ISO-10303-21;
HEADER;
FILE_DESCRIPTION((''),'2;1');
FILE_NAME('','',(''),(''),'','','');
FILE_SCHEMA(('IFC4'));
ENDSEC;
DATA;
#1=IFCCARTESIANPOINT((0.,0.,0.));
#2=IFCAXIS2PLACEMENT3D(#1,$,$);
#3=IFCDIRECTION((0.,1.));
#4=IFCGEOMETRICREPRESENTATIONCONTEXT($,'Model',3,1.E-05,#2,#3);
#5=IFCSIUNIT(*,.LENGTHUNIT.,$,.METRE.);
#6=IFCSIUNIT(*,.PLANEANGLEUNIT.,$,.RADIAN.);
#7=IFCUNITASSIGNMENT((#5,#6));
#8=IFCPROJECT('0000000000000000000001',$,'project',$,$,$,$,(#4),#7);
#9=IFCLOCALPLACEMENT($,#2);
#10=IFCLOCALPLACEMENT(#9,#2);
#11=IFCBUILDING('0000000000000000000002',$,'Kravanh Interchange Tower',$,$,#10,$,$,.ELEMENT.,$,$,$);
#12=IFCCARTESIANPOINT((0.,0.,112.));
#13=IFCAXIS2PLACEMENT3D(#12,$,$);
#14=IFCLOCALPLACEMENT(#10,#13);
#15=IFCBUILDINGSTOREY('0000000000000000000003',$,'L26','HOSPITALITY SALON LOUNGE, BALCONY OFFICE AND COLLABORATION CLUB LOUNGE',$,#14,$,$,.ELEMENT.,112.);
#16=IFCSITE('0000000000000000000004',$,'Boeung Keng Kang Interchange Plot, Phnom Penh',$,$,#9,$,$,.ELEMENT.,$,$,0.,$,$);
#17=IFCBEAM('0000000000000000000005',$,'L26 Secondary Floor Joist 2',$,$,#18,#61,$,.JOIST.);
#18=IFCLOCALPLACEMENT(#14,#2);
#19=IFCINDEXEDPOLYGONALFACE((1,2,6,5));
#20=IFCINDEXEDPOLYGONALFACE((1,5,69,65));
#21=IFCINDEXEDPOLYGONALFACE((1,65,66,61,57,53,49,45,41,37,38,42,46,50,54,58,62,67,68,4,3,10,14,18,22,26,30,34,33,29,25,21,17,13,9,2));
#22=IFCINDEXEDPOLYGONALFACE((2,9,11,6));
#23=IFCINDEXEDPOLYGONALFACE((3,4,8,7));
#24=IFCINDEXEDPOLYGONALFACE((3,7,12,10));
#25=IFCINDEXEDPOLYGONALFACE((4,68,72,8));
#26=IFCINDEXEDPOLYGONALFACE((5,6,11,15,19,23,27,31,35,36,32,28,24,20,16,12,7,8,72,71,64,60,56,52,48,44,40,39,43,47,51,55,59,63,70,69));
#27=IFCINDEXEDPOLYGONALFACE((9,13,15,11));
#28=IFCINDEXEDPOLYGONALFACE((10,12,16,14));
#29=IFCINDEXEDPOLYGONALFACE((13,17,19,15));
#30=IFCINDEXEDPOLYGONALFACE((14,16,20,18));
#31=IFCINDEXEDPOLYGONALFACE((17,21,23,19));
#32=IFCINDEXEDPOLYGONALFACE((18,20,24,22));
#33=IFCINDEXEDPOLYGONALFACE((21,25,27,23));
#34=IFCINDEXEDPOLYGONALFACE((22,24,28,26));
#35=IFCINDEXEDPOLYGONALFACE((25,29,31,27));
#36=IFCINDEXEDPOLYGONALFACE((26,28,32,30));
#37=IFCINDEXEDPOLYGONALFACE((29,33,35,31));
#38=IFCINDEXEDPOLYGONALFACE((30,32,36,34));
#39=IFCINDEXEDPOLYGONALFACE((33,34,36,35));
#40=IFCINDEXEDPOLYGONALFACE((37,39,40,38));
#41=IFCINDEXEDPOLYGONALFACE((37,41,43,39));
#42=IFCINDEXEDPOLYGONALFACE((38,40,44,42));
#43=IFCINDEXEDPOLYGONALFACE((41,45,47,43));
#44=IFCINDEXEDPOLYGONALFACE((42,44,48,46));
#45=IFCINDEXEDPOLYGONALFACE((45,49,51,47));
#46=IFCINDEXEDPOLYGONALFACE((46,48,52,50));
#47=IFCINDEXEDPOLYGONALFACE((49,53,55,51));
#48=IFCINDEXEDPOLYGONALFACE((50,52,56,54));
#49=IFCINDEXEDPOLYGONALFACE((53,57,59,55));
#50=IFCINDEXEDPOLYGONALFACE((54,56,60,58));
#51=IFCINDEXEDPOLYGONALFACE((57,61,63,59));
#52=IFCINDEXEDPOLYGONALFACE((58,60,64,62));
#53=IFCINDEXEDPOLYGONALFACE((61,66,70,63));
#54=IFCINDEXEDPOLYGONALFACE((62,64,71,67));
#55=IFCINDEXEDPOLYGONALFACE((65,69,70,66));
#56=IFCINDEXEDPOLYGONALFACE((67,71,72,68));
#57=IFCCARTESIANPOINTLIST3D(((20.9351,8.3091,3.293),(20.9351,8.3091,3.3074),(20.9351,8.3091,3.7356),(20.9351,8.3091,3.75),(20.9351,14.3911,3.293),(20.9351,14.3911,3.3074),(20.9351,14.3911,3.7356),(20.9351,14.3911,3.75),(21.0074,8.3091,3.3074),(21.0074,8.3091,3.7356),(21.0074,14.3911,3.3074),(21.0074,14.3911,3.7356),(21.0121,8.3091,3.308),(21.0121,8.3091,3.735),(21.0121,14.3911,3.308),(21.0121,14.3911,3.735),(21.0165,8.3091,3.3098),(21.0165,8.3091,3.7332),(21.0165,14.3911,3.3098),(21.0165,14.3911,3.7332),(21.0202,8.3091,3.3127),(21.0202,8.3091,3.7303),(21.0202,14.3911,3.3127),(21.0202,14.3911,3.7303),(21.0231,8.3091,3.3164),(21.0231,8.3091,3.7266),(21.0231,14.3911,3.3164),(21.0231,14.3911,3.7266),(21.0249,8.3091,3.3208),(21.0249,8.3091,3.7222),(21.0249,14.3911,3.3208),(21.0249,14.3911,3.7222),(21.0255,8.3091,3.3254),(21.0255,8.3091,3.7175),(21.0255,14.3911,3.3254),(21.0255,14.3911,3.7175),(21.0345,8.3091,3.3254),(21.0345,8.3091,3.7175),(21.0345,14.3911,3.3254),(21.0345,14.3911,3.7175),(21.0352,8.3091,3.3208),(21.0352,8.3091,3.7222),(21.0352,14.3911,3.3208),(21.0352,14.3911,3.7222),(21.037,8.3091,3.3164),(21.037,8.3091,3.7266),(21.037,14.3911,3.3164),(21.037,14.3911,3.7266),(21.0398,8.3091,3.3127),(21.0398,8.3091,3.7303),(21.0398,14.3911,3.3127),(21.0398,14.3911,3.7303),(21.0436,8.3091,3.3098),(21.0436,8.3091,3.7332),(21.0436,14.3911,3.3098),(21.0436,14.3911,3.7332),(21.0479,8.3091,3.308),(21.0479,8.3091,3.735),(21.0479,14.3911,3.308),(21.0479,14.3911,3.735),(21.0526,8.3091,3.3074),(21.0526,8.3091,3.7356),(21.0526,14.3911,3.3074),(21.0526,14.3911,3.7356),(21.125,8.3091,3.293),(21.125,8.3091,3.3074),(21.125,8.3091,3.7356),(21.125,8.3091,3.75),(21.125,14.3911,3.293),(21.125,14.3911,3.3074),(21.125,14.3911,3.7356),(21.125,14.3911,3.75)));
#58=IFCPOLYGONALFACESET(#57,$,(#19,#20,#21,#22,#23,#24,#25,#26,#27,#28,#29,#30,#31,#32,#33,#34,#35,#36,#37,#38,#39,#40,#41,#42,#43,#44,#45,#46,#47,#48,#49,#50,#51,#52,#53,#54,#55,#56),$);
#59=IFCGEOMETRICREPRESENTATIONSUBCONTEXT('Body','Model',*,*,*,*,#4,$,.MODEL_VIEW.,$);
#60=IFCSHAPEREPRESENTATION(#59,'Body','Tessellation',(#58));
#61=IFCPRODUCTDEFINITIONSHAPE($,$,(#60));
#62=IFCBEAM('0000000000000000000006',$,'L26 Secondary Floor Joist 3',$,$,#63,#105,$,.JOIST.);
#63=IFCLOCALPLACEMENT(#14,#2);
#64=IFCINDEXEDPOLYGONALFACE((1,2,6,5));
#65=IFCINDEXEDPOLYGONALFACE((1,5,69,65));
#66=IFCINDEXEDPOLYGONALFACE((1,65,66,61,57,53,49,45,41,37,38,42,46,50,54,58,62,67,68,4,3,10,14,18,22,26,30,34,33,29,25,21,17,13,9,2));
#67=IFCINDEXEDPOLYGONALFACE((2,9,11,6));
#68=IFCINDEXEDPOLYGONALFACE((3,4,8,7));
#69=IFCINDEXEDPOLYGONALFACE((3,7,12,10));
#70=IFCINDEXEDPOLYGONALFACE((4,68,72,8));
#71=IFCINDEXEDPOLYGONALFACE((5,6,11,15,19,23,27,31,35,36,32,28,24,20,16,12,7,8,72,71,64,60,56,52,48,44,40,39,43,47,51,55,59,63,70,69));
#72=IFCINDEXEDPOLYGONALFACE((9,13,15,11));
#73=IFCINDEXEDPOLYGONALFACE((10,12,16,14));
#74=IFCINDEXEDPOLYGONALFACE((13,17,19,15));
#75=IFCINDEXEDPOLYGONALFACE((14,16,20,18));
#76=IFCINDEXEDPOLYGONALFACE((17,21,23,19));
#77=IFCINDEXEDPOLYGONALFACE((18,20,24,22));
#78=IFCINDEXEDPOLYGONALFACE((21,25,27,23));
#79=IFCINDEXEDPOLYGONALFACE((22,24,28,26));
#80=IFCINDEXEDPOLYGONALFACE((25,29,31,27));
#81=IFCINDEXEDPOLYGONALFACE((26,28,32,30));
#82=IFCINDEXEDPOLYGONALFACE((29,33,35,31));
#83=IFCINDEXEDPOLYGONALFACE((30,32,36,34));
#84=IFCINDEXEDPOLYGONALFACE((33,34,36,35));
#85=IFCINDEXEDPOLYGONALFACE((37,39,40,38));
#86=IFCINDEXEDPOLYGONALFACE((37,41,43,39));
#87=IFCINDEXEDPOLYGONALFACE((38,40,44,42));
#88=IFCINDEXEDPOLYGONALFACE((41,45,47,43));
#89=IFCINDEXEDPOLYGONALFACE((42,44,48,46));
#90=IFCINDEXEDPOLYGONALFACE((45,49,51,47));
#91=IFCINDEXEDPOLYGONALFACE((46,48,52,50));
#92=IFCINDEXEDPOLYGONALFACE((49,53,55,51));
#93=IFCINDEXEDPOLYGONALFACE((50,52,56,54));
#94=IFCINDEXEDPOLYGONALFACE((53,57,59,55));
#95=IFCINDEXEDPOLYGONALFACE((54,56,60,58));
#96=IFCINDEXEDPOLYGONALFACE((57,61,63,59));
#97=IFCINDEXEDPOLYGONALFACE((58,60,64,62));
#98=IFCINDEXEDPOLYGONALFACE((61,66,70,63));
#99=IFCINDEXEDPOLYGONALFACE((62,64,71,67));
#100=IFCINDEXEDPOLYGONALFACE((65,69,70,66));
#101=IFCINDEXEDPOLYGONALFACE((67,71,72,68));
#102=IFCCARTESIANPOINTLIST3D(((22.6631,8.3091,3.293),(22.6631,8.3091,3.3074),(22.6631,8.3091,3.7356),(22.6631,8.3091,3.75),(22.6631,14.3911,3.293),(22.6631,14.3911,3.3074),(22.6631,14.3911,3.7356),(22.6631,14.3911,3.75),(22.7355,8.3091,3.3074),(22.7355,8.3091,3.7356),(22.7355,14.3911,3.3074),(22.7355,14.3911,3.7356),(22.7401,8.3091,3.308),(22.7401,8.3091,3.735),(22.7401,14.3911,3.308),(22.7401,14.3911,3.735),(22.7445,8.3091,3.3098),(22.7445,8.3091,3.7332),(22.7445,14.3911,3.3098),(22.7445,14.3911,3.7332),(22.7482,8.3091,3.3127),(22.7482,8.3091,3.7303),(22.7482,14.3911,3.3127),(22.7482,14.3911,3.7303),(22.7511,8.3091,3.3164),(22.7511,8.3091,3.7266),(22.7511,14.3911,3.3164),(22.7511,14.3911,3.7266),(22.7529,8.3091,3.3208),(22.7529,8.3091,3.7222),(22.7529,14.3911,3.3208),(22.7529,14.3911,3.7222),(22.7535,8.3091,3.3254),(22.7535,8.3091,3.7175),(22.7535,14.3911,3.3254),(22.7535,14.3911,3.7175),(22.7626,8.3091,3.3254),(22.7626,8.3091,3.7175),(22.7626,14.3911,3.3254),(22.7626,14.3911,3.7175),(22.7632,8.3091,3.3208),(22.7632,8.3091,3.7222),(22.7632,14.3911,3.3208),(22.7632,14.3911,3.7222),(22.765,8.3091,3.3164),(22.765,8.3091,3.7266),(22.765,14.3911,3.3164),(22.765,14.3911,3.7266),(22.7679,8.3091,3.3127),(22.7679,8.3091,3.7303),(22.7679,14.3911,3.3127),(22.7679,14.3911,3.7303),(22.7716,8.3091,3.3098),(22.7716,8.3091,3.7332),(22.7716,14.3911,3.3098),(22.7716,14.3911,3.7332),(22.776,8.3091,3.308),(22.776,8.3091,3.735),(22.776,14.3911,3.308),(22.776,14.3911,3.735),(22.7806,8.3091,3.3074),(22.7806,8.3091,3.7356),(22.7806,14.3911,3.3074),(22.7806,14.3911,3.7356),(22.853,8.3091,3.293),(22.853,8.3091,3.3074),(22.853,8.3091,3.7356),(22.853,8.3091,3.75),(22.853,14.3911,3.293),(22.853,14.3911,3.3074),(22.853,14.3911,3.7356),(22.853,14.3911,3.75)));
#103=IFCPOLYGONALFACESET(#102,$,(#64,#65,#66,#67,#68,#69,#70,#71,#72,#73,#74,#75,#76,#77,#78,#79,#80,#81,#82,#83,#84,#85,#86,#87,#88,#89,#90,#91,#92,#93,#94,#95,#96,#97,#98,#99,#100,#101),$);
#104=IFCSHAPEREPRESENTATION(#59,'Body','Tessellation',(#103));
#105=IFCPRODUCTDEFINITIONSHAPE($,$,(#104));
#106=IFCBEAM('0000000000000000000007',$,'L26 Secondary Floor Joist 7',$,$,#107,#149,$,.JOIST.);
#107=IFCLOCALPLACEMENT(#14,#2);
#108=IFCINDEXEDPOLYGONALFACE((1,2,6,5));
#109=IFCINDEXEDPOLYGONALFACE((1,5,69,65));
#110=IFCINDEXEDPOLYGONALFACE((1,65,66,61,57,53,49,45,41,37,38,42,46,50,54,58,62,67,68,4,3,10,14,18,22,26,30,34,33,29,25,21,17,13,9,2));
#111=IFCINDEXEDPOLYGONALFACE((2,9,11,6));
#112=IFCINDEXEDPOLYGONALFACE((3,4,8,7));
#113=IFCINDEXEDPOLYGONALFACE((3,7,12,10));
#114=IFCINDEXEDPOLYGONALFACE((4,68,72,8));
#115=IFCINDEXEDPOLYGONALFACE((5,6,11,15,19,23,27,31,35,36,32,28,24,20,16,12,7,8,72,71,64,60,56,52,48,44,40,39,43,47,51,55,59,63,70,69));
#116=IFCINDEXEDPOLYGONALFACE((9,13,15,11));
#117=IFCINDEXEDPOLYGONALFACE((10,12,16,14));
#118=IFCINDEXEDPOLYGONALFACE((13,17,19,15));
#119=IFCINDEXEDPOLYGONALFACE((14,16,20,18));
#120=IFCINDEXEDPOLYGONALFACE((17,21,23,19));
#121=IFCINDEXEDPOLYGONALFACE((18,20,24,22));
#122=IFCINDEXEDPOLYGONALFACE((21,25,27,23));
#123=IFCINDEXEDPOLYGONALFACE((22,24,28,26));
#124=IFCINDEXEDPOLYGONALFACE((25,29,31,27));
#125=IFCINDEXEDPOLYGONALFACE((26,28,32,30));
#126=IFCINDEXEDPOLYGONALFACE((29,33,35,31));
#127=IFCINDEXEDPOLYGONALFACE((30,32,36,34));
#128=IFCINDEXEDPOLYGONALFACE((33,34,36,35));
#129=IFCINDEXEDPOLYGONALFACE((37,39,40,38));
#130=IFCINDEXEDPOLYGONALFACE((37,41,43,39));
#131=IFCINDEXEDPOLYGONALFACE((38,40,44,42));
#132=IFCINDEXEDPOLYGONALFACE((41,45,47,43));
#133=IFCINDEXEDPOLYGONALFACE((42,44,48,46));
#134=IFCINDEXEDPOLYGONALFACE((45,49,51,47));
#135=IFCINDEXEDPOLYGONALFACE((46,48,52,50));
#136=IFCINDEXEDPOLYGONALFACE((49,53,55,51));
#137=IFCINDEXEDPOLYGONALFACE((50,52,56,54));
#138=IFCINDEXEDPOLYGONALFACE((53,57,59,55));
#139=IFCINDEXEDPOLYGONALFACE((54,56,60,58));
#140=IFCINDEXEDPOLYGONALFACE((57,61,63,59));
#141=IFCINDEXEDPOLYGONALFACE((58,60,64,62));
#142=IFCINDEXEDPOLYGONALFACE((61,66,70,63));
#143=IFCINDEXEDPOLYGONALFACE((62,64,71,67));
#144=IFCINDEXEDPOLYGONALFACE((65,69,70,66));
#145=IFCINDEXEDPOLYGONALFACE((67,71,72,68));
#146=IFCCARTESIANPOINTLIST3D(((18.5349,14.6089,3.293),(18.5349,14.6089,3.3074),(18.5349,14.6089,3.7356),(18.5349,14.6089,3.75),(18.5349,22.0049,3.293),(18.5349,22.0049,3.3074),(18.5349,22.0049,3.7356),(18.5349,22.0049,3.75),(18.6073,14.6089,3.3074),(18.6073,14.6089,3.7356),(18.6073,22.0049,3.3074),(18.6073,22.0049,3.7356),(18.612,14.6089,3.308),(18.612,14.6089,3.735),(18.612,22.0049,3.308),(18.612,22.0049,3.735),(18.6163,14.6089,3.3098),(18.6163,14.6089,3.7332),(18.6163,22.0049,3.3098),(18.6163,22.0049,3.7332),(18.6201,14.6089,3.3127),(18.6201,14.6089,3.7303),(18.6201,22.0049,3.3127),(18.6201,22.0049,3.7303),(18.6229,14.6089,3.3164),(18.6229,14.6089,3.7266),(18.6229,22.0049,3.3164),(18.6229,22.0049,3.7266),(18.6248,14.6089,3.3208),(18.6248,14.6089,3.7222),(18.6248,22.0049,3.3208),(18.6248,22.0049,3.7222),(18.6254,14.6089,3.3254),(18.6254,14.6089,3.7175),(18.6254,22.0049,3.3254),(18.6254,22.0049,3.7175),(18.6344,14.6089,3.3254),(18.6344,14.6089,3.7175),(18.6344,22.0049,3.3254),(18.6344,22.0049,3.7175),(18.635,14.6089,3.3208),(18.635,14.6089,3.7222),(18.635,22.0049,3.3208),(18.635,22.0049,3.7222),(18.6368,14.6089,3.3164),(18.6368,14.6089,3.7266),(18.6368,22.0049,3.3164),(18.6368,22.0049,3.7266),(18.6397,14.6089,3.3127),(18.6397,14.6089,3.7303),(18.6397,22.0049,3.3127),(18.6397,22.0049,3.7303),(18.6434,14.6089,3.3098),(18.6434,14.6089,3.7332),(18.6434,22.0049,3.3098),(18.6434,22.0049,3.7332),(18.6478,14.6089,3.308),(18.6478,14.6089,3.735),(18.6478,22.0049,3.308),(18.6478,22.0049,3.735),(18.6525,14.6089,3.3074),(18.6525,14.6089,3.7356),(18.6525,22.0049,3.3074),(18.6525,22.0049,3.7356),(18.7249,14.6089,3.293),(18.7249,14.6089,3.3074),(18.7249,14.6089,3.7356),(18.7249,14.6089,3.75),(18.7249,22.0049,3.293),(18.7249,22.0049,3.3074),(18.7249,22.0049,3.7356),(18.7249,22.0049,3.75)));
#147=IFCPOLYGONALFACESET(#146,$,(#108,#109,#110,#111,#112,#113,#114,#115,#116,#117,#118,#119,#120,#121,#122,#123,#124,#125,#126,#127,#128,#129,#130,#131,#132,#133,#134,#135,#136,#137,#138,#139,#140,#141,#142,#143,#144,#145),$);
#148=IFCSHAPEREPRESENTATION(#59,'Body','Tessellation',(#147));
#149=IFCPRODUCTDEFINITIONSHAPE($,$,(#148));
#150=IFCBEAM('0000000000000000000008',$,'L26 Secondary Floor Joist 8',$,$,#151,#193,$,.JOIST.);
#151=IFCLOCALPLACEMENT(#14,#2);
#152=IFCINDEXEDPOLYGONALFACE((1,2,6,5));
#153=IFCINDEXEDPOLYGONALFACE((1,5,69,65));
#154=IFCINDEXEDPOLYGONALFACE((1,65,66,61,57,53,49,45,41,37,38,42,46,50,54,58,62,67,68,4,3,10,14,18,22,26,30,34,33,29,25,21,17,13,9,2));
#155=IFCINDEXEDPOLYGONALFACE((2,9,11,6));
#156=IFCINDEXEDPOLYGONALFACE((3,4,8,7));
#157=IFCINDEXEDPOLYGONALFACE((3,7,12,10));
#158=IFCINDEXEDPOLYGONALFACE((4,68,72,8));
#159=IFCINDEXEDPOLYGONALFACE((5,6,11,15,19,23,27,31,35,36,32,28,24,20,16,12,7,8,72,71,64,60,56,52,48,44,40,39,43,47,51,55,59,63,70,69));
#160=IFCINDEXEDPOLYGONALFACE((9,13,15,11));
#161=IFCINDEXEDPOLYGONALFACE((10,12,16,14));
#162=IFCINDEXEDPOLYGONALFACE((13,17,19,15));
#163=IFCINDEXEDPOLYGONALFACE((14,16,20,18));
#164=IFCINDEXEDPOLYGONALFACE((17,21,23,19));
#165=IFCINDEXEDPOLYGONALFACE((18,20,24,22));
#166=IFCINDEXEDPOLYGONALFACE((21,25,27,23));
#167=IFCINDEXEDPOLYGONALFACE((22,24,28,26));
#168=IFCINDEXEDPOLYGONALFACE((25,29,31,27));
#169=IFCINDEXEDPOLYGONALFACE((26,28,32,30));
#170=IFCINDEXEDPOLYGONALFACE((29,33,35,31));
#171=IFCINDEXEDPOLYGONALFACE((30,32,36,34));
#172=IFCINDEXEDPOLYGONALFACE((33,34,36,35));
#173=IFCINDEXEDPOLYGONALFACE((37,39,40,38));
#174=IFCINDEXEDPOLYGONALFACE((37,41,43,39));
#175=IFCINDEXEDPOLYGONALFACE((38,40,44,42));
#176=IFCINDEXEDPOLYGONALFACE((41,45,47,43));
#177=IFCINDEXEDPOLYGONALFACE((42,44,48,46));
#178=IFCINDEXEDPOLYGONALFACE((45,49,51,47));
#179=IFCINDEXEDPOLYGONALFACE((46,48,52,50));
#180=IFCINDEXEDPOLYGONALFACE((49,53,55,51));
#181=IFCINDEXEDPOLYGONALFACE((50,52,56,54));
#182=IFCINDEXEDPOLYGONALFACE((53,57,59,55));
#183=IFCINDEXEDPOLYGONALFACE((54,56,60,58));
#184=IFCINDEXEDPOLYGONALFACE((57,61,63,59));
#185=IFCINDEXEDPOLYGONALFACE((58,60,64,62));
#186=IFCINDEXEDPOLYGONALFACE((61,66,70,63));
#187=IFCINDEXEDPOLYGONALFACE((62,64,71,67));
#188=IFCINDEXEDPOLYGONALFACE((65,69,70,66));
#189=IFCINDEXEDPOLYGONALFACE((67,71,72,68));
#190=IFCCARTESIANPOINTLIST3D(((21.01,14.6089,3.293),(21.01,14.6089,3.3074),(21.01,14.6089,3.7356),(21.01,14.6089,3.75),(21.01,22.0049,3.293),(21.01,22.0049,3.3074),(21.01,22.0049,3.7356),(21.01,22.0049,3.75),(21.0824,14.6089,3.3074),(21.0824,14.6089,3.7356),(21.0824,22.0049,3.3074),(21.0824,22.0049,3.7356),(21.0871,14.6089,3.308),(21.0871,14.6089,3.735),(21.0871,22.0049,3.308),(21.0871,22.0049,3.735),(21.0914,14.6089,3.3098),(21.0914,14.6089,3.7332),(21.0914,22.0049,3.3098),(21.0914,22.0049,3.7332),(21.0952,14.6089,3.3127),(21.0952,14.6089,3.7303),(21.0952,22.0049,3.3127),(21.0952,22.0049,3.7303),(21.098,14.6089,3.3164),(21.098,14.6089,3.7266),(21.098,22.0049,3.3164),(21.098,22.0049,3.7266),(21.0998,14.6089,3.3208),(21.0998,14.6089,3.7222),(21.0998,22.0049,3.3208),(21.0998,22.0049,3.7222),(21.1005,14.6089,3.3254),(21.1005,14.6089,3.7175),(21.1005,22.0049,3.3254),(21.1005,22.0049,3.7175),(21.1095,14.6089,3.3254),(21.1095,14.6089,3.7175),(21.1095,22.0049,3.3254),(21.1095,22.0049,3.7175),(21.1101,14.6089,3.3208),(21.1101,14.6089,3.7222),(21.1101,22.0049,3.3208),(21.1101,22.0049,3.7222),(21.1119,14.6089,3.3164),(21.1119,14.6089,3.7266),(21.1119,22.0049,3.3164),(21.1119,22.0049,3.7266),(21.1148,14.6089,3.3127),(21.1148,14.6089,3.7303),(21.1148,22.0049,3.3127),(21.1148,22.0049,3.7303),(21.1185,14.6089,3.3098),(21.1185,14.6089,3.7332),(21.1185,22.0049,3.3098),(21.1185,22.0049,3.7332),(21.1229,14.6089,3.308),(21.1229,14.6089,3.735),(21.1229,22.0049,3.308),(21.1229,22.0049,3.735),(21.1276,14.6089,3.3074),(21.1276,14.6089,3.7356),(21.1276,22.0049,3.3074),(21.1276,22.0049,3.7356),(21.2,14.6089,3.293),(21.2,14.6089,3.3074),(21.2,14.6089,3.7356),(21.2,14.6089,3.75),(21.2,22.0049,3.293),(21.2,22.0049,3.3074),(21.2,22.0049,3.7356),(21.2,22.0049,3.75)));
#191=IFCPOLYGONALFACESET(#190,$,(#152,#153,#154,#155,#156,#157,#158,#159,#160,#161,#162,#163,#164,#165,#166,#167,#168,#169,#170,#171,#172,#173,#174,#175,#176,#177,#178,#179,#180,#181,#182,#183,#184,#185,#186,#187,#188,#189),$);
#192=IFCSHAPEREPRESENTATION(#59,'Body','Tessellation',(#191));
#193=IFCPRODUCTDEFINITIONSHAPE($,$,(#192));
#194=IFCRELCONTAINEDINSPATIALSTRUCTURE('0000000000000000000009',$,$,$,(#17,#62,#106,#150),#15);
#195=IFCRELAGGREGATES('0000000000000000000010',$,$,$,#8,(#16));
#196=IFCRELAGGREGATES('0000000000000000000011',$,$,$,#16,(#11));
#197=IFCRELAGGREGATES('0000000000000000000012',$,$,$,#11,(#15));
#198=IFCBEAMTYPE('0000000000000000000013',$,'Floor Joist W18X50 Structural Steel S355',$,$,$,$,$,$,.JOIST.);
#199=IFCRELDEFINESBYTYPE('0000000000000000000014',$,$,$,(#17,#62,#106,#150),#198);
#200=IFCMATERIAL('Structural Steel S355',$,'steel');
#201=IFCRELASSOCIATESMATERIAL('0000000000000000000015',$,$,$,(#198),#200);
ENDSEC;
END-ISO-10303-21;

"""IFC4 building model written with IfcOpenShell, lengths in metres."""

from ifc_helpers import new_model, si_unit, direction, frame, origin, origin_2d, place, context, subcontext, project, spatial, i_section, extrude, material, material_profile, profile_set, type_object, element, save


model = new_model("IFC4")

# Units and contexts
model_context = context("Model", 3, precision=1e-05, world=origin(), true_north=direction((0.0, 1.0)))
body_context = subcontext(model_context, "Body", "Model", "MODEL_VIEW")
ifc_project = project(units=[si_unit("LENGTHUNIT", "METRE"), si_unit("PLANEANGLEUNIT", "RADIAN")], contexts=[model_context])

# Site, building, storey
site_placement = place(None, origin())
site = spatial("IfcSite", under=ifc_project, at=site_placement, Name="Boeung Keng Kang Interchange Plot, Phnom Penh", CompositionType="ELEMENT", RefElevation=0.0)
building_placement = place(site_placement, origin())
building = spatial("IfcBuilding", under=site, at=building_placement, Name="Kravanh Interchange Tower", CompositionType="ELEMENT")
storey_placement = place(building_placement, frame((0.0, 0.0, 112.0)))
storey = spatial("IfcBuildingStorey", under=building, at=storey_placement, Name="L26", Description="HOSPITALITY SALON LOUNGE, BALCONY OFFICE AND COLLABORATION CLUB LOUNGE", CompositionType="ELEMENT", Elevation=112.0)

# Beams
ifc_material_1 = material(Name="Structural Steel S355", Category="steel")
ifc_material_profile_1 = material_profile(ifc_material_1, i_section(OverallWidth=0.1899, OverallDepth=0.457, WebThickness=0.009, FlangeThickness=0.0144, FilletRadius=0.0181, at=origin_2d()), Name="W18X50")
ifc_profile_set_1 = profile_set([ifc_material_profile_1], Name="Structural Steel S355")
beam_type_1 = type_object("IfcBeamType", Name="Floor Joist W18X50 Structural Steel S355", PredefinedType="JOIST", material=ifc_profile_set_1)
for number, where, z_axis, x_axis, name in (
    (1, (21.03, 8.3091, 3.5215), (0.0, 1.0, 0.0), (-1.0, 0.0, 0.0), "L26 Secondary Floor Joist 2"),
    (2, (22.7581, 8.3091, 3.5215), (0.0, 1.0, 0.0), (-1.0, 0.0, 0.0), "L26 Secondary Floor Joist 3"),
):
    element("IfcBeam", number, at=place(storey_placement, frame(where, z_axis=z_axis, x_axis=x_axis)), inside=storey, type_object=beam_type_1, Name=name, PredefinedType="JOIST", context=body_context, shape_type="SweptSolid", body=[
        extrude(i_section(OverallWidth=0.1899, OverallDepth=0.457, WebThickness=0.009, FlangeThickness=0.0144, FilletRadius=0.0181, at=origin_2d()), origin(), (0.0, 0.0, 1.0), 6.082),
    ])
for number, where, z_axis, x_axis, name in (
    (3, (18.6299, 14.6089, 3.5215), (0.0, 1.0, 0.0), (-1.0, 0.0, 0.0), "L26 Secondary Floor Joist 7"),
    (4, (21.105, 14.6089, 3.5215), (0.0, 1.0, 0.0), (-1.0, 0.0, 0.0), "L26 Secondary Floor Joist 8"),
):
    element("IfcBeam", number, at=place(storey_placement, frame(where, z_axis=z_axis, x_axis=x_axis)), inside=storey, type_object=beam_type_1, Name=name, PredefinedType="JOIST", context=body_context, shape_type="SweptSolid", body=[
        extrude(i_section(OverallWidth=0.1899, OverallDepth=0.457, WebThickness=0.009, FlangeThickness=0.0144, FilletRadius=0.0181, at=origin_2d()), origin(), (0.0, 0.0, 1.0), 7.396),
    ])

save(model, "model.ifc")
